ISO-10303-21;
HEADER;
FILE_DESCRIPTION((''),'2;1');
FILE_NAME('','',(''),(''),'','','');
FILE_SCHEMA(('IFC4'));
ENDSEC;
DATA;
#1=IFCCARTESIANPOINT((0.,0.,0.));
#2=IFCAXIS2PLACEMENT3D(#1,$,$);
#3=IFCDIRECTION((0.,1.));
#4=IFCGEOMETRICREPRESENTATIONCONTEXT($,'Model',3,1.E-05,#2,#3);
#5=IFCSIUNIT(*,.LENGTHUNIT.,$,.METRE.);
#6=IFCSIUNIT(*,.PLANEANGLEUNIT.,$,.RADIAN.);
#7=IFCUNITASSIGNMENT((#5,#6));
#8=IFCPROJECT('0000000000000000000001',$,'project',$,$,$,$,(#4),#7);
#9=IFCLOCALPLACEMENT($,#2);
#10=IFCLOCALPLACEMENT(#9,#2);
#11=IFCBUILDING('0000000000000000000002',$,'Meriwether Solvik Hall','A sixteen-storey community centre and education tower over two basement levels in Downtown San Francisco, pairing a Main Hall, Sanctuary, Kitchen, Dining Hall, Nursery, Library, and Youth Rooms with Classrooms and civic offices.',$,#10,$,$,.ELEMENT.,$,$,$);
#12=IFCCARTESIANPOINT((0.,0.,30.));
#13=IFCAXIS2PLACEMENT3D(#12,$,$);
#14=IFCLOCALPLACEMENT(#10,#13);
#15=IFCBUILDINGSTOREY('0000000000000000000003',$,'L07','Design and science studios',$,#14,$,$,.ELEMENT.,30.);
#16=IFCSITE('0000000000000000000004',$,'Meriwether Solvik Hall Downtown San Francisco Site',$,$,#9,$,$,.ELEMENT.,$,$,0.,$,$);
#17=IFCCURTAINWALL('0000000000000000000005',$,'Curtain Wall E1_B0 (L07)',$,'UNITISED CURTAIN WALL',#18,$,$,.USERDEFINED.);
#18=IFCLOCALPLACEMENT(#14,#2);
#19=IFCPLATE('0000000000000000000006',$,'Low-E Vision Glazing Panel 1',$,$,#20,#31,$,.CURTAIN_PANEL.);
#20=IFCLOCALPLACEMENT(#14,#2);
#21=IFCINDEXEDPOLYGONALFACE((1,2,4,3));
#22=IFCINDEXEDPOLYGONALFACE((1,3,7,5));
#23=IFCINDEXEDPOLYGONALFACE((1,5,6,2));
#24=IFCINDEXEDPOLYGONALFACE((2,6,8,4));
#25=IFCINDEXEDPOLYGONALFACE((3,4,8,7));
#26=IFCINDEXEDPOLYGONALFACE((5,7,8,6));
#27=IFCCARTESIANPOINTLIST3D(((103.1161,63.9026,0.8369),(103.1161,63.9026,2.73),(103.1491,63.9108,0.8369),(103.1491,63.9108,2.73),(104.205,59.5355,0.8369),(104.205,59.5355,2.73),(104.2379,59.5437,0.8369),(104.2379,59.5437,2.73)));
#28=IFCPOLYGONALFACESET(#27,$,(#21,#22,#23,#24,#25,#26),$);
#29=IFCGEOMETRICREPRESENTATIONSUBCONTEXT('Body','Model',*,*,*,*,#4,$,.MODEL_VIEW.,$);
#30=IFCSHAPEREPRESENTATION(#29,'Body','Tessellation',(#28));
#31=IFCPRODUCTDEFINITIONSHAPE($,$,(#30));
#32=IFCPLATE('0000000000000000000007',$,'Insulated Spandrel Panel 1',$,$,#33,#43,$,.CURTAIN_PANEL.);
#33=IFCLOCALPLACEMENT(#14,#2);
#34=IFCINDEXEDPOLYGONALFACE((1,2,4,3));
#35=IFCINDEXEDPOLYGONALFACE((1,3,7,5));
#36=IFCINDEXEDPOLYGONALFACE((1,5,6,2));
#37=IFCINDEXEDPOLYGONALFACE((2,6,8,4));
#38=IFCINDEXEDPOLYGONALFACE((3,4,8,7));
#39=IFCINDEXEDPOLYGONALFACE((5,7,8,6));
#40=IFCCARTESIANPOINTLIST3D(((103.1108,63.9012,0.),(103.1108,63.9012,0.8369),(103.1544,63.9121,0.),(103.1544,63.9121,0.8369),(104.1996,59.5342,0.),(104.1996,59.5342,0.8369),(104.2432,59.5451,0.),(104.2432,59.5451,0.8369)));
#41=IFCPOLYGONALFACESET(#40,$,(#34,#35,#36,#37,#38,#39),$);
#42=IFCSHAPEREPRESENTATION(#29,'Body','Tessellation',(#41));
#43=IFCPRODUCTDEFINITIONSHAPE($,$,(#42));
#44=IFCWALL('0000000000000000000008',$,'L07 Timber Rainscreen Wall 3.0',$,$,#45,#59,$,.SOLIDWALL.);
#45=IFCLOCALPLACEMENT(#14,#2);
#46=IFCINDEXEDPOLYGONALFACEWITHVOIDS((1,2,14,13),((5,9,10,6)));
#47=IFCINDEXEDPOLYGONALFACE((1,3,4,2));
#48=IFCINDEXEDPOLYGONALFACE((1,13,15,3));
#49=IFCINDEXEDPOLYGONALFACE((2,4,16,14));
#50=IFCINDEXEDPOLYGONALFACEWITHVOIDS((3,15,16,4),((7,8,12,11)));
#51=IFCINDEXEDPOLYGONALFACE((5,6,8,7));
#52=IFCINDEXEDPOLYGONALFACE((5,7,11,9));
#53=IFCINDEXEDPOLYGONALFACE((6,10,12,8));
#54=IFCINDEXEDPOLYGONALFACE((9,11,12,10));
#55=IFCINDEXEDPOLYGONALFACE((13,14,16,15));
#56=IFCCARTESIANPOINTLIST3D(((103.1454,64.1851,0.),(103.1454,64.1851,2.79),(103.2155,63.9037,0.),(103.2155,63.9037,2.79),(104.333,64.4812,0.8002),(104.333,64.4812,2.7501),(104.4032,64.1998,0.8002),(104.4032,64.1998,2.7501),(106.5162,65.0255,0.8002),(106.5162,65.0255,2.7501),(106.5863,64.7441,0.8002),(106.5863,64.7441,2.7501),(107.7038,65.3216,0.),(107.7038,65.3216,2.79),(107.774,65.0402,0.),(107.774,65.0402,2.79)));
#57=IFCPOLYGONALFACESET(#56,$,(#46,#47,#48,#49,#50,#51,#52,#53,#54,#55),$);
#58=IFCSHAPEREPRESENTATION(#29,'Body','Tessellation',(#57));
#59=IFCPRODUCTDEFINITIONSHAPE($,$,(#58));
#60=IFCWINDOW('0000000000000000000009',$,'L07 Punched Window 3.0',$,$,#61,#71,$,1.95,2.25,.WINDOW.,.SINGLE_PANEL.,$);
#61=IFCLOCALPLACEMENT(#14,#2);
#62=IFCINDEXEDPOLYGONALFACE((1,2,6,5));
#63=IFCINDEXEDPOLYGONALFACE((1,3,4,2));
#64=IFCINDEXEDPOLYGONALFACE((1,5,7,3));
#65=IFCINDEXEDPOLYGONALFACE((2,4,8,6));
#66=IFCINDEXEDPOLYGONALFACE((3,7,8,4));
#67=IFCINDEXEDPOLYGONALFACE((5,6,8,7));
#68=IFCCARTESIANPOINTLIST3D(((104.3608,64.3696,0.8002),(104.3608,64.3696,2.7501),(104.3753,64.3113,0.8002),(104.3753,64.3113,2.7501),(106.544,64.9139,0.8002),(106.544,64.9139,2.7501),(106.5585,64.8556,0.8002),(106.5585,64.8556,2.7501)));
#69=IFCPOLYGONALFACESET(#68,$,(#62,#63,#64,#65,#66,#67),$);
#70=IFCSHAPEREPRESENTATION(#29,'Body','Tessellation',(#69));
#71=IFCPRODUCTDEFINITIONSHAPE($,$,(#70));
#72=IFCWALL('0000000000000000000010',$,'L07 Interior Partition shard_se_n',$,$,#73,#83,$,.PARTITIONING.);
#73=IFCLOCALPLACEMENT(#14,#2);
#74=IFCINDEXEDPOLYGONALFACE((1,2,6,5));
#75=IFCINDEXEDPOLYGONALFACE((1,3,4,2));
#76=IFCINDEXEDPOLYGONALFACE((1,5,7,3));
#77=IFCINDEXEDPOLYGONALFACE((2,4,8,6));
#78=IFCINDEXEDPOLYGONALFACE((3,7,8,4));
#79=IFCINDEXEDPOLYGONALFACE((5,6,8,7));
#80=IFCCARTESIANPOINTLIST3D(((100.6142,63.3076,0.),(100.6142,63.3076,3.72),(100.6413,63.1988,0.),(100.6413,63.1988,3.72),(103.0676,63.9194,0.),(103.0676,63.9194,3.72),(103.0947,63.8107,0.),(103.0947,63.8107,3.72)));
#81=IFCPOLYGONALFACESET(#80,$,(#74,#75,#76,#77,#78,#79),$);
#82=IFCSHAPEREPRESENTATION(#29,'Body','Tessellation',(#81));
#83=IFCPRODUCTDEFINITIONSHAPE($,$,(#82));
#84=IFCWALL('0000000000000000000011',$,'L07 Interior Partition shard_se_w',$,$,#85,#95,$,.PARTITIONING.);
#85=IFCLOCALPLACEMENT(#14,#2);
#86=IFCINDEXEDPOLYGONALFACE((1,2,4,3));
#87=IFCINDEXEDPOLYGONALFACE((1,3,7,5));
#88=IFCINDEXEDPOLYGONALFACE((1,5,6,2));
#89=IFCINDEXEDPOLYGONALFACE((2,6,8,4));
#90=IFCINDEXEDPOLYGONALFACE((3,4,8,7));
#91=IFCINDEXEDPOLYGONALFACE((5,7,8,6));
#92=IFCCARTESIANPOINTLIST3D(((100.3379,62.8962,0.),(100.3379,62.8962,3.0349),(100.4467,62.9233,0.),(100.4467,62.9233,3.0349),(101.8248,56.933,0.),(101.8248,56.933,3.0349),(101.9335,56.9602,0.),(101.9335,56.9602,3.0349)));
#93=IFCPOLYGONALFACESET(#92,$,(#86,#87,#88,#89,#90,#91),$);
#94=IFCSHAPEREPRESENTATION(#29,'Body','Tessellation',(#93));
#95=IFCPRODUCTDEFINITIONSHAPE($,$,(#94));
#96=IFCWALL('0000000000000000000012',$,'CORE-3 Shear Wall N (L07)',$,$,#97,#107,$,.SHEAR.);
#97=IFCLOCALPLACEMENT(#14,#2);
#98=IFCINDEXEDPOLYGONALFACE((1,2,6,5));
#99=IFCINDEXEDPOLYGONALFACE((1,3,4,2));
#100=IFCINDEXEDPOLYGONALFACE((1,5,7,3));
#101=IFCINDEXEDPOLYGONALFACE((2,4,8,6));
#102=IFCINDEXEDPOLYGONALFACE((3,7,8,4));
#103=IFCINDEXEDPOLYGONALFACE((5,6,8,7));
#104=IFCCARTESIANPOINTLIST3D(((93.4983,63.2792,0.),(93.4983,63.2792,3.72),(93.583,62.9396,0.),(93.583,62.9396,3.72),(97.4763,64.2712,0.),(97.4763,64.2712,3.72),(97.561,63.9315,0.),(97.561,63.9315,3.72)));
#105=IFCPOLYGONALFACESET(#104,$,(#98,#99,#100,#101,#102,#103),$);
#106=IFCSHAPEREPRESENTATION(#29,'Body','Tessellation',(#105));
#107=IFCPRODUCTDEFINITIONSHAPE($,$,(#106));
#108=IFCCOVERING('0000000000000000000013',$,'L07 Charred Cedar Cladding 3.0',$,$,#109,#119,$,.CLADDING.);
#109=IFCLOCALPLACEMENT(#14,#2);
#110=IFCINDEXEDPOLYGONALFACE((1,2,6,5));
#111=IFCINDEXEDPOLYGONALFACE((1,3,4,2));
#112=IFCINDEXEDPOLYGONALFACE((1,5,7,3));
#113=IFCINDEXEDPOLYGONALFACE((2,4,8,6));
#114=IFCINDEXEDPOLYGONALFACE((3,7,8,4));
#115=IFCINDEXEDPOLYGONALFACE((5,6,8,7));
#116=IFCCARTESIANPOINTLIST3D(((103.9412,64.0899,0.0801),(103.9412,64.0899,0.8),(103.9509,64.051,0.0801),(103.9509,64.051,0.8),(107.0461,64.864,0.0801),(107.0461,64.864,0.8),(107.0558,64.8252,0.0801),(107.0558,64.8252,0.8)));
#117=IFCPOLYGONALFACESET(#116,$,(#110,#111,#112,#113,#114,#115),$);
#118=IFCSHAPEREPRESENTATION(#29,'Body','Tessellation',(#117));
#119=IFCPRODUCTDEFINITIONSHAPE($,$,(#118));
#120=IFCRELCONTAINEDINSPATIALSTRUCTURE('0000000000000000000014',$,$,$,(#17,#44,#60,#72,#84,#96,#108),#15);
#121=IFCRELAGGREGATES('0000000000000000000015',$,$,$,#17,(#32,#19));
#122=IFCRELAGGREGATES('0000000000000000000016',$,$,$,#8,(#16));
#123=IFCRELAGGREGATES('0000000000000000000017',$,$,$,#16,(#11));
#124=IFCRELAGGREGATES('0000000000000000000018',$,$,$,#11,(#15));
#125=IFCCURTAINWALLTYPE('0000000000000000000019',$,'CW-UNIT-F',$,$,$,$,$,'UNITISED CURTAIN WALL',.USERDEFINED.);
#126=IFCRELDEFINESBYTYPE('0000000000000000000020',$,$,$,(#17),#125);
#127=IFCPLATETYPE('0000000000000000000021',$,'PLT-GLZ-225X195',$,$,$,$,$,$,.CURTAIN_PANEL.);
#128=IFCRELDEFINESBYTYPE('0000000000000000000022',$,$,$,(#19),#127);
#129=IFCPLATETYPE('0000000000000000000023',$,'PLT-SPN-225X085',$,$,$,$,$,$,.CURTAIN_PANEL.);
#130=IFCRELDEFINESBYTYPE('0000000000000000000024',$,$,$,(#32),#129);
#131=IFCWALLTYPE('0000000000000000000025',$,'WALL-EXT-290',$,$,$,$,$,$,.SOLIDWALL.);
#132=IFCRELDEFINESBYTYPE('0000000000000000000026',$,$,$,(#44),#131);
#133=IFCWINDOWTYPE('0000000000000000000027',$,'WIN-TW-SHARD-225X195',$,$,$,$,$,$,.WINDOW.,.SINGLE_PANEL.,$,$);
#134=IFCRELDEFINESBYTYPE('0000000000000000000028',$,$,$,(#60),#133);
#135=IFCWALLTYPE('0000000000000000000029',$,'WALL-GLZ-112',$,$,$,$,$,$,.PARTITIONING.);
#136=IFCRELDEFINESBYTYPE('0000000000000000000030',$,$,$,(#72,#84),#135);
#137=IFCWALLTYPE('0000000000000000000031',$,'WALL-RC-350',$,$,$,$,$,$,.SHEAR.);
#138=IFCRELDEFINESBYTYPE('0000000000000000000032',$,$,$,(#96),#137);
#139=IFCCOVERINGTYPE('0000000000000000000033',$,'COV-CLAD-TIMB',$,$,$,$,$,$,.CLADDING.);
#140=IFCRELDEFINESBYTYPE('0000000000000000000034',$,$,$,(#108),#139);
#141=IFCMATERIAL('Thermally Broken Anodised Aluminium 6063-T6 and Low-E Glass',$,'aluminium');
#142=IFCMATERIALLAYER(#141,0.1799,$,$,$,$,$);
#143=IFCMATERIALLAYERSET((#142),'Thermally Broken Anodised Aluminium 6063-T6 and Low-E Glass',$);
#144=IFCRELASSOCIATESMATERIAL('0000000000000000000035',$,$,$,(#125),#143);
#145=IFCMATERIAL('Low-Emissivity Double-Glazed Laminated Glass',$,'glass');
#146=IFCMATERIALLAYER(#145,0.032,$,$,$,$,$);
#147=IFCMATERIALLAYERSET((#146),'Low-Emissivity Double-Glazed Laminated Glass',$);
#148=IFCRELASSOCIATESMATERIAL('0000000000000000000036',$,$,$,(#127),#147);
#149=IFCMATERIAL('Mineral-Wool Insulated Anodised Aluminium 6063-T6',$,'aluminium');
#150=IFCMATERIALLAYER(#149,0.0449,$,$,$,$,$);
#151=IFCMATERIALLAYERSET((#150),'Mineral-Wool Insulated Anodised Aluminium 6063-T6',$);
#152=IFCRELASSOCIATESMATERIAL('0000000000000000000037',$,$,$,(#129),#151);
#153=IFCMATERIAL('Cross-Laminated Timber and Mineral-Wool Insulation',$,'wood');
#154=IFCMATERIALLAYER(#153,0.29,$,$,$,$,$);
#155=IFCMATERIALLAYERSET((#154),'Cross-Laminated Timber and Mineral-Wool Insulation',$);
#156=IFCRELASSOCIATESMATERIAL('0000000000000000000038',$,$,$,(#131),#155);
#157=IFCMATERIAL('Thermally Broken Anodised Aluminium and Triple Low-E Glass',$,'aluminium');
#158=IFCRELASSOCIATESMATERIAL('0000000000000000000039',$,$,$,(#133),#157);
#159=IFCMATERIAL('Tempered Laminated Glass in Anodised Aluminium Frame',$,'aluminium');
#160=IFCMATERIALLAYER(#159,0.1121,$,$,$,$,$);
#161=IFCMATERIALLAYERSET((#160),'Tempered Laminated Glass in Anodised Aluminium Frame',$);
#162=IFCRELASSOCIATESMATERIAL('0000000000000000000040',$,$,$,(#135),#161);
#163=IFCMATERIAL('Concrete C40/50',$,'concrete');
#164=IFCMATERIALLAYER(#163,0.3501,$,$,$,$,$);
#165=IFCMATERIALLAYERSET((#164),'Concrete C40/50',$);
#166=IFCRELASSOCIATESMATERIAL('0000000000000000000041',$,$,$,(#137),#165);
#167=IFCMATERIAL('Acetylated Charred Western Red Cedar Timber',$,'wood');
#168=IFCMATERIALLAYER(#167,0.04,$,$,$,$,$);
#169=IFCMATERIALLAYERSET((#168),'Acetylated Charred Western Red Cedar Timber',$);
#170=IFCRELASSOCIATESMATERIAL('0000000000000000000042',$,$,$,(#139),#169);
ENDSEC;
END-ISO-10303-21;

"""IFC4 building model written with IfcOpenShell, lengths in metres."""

from ifc_helpers import new_model, si_unit, direction, frame, frame_2d, origin, origin_2d, place, context, subcontext, project, spatial, rectangle, extrude, material, layer, layer_set, type_object, element, fill, aggregate, save


model = new_model("IFC4")

# Units and contexts
model_context = context("Model", 3, precision=1e-05, world=origin(), true_north=direction((0.0, 1.0)))
body_context = subcontext(model_context, "Body", "Model", "MODEL_VIEW")
ifc_project = project(units=[si_unit("LENGTHUNIT", "METRE"), si_unit("PLANEANGLEUNIT", "RADIAN")], contexts=[model_context])

# Site, building, storey
site_placement = place(None, origin())
site = spatial("IfcSite", under=ifc_project, at=site_placement, Name="Meriwether Solvik Hall Downtown San Francisco Site", CompositionType="ELEMENT", RefElevation=0.0)
building_placement = place(site_placement, origin())
building = spatial("IfcBuilding", under=site, at=building_placement, Name="Meriwether Solvik Hall", Description="A sixteen-storey community centre and education tower over two basement levels in Downtown San Francisco, pairing a Main Hall, Sanctuary, Kitchen, Dining Hall, Nursery, Library, and Youth Rooms with Classrooms and civic offices.", CompositionType="ELEMENT")
storey_placement = place(building_placement, frame((0.0, 0.0, 30.0)))
storey = spatial("IfcBuildingStorey", under=building, at=storey_placement, Name="L07", Description="Design and science studios", CompositionType="ELEMENT", Elevation=30.0)

# Curtain wall
ifc_material_1 = material(Name="Thermally Broken Anodised Aluminium 6063-T6 and Low-E Glass", Category="aluminium")
ifc_layer_1 = layer(ifc_material_1, 0.1799)
ifc_layer_set_1 = layer_set([ifc_layer_1], Name="Thermally Broken Anodised Aluminium 6063-T6 and Low-E Glass")
curtain_wall_type = type_object("IfcCurtainWallType", Name="CW-UNIT-F", ElementType="UNITISED CURTAIN WALL", PredefinedType="USERDEFINED", material=ifc_layer_set_1)
curtain_wall_placement = place(storey_placement, origin())
curtain_wall = element("IfcCurtainWall", 1, at=curtain_wall_placement, inside=storey, type_object=curtain_wall_type, Name="Curtain Wall E1_B0 (L07)", ObjectType="UNITISED CURTAIN WALL", PredefinedType="USERDEFINED")

# Plates
ifc_material_2 = material(Name="Low-Emissivity Double-Glazed Laminated Glass", Category="glass")
ifc_layer_2 = layer(ifc_material_2, 0.032)
ifc_layer_set_2 = layer_set([ifc_layer_2], Name="Low-Emissivity Double-Glazed Laminated Glass")
plate_type_1 = type_object("IfcPlateType", Name="PLT-GLZ-225X195", PredefinedType="CURTAIN_PANEL", material=ifc_layer_set_2)
plate_1_placement = place(storey_placement, frame((103.677, 61.7231, 0.8369), z_axis=(0.0, 0.0, 1.0), x_axis=(0.241922, -0.970296, 0.0)))
plate_1 = element("IfcPlate", 2, at=plate_1_placement, type_object=plate_type_1, Name="Low-E Vision Glazing Panel 1", PredefinedType="CURTAIN_PANEL", context=body_context, shape_type="SweptSolid", body=[
    extrude(rectangle(XDim=4.5007, YDim=0.0339, at=origin_2d()), origin(), (0.0, 0.0, 1.0), 1.8931),
])
ifc_material_3 = material(Name="Mineral-Wool Insulated Anodised Aluminium 6063-T6", Category="aluminium")
ifc_layer_3 = layer(ifc_material_3, 0.0449)
ifc_layer_set_3 = layer_set([ifc_layer_3], Name="Mineral-Wool Insulated Anodised Aluminium 6063-T6")
plate_type_2 = type_object("IfcPlateType", Name="PLT-SPN-225X085", PredefinedType="CURTAIN_PANEL", material=ifc_layer_set_3)
plate_2_placement = place(storey_placement, frame((103.677, 61.7231, 0.0), z_axis=(0.0, 0.0, 1.0), x_axis=(0.241922, -0.970296, 0.0)))
plate_2 = element("IfcPlate", 3, at=plate_2_placement, type_object=plate_type_2, Name="Insulated Spandrel Panel 1", PredefinedType="CURTAIN_PANEL", context=body_context, shape_type="SweptSolid", body=[
    extrude(rectangle(XDim=4.5007, YDim=0.0449, at=origin_2d()), origin(), (0.0, 0.0, 1.0), 0.8369),
])
aggregate(curtain_wall, [plate_2, plate_1])

# Wall, opening, window
ifc_material_4 = material(Name="Cross-Laminated Timber and Mineral-Wool Insulation", Category="wood")
ifc_layer_4 = layer(ifc_material_4, 0.29)
ifc_layer_set_4 = layer_set([ifc_layer_4], Name="Cross-Laminated Timber and Mineral-Wool Insulation")
wall_type_1 = type_object("IfcWallType", Name="WALL-EXT-290", PredefinedType="SOLIDWALL", material=ifc_layer_set_4)
wall_1_placement = place(storey_placement, frame((107.739, 65.1809, 0.0), z_axis=(0.0, 0.0, 1.0), x_axis=(-0.970298, -0.241912, 0.0)))
wall_1 = element("IfcWall", 4, at=wall_1_placement, inside=storey, type_object=wall_type_1, Name="L07 Timber Rainscreen Wall 3.0", PredefinedType="SOLIDWALL", context=body_context, shape_type="SweptSolid", body=[
    extrude(rectangle(XDim=4.698, YDim=0.29, at=frame_2d((2.3491, 0.0))), origin(), (0.0, 0.0, 1.0), 2.79),
])
opening_placement = place(wall_1_placement, frame((1.2241, 0.0, 0.8)))
opening = element("IfcOpeningElement", 5, at=opening_placement, cuts=wall_1, PredefinedType="OPENING", context=body_context, shape_type="SweptSolid", body=[
    extrude(rectangle(XDim=2.25, YDim=1.95, at=frame_2d((1.125, 0.9751))), frame((0.0, 0.157, 0.0), z_axis=(0.0, -1.0, 0.0), x_axis=(1.0, 0.0, 0.0)), (0.0, 0.0, 1.0), 0.314),
])
ifc_material_5 = material(Name="Thermally Broken Anodised Aluminium and Triple Low-E Glass", Category="aluminium")
window_type = type_object("IfcWindowType", Name="WIN-TW-SHARD-225X195", PartitioningType="SINGLE_PANEL", PredefinedType="WINDOW", material=ifc_material_5)
window_placement = place(opening_placement, origin())
window = element("IfcWindow", 6, at=window_placement, inside=storey, type_object=window_type, Name="L07 Punched Window 3.0", OverallHeight=1.95, OverallWidth=2.25, PartitioningType="SINGLE_PANEL", PredefinedType="WINDOW", context=body_context, shape_type="SweptSolid", body=[
    extrude(rectangle(XDim=2.25, YDim=1.95, at=frame_2d((1.125, 0.9751))), frame((0.0, 0.03, 0.0), z_axis=(0.0, -1.0, 0.0), x_axis=(1.0, 0.0, 0.0)), (0.0, 0.0, 1.0), 0.0601),
])
fill(opening, window)

# Walls
ifc_material_6 = material(Name="Tempered Laminated Glass in Anodised Aluminium Frame", Category="aluminium")
ifc_layer_5 = layer(ifc_material_6, 0.1121)
ifc_layer_set_5 = layer_set([ifc_layer_5], Name="Tempered Laminated Glass in Anodised Aluminium Frame")
wall_type_2 = type_object("IfcWallType", Name="WALL-GLZ-112", PredefinedType="PARTITIONING", material=ifc_layer_set_5)
wall_2_placement = place(storey_placement, frame((103.0811, 63.865, 0.0), z_axis=(0.0, 0.0, 1.0), x_axis=(-0.970284, -0.241968, 0.0)))
element("IfcWall", 7, at=wall_2_placement, inside=storey, type_object=wall_type_2, Name="L07 Interior Partition shard_se_n", PredefinedType="PARTITIONING", context=body_context, shape_type="SweptSolid", body=[
    extrude(rectangle(XDim=2.5286, YDim=0.1121, at=frame_2d((1.2642, 0.0))), origin(), (0.0, 0.0, 1.0), 3.72),
])
wall_3_placement = place(storey_placement, frame((100.3923, 62.9097, 0.0), z_axis=(0.0, 0.0, 1.0), x_axis=(0.241928, -0.970294, 0.0)))
element("IfcWall", 8, at=wall_3_placement, inside=storey, type_object=wall_type_2, Name="L07 Interior Partition shard_se_w", PredefinedType="PARTITIONING", context=body_context, shape_type="SweptSolid", body=[
    extrude(rectangle(XDim=6.1458, YDim=0.1121, at=frame_2d((3.0728, 0.0))), origin(), (0.0, 0.0, 1.0), 3.0349),
])
ifc_material_7 = material(Name="Concrete C40/50", Category="concrete")
ifc_layer_6 = layer(ifc_material_7, 0.3501)
ifc_layer_set_6 = layer_set([ifc_layer_6], Name="Concrete C40/50")
wall_type_3 = type_object("IfcWallType", Name="WALL-RC-350", PredefinedType="SHEAR", material=ifc_layer_set_6)
wall_4_placement = place(storey_placement, frame((97.5186, 64.1013, 0.0), z_axis=(0.0, 0.0, 1.0), x_axis=(-0.970289, -0.241947, 0.0)))
element("IfcWall", 9, at=wall_4_placement, inside=storey, type_object=wall_type_3, Name="CORE-3 Shear Wall N (L07)", PredefinedType="SHEAR", context=body_context, shape_type="SweptSolid", body=[
    extrude(rectangle(XDim=4.0999, YDim=0.3501, at=frame_2d((2.0498, 0.0))), origin(), (0.0, 0.0, 1.0), 3.72),
])

# Covering
ifc_material_8 = material(Name="Acetylated Charred Western Red Cedar Timber", Category="wood")
ifc_layer_7 = layer(ifc_material_8, 0.04)
ifc_layer_set_7 = layer_set([ifc_layer_7], Name="Acetylated Charred Western Red Cedar Timber")
covering_type = type_object("IfcCoveringType", Name="COV-CLAD-TIMB", PredefinedType="CLADDING", material=ifc_layer_set_7)
covering_placement = place(storey_placement, frame((105.4985, 64.4575, 0.0801), z_axis=(0.0, 0.0, 1.0), x_axis=(-0.970296, -0.241922, 0.0)))
element("IfcCovering", 10, at=covering_placement, inside=storey, type_object=covering_type, Name="L07 Charred Cedar Cladding 3.0", PredefinedType="CLADDING", context=body_context, shape_type="SweptSolid", body=[
    extrude(rectangle(XDim=3.2, YDim=0.04, at=origin_2d()), origin(), (0.0, 0.0, 1.0), 0.72),
])

save(model, "model.ifc")
